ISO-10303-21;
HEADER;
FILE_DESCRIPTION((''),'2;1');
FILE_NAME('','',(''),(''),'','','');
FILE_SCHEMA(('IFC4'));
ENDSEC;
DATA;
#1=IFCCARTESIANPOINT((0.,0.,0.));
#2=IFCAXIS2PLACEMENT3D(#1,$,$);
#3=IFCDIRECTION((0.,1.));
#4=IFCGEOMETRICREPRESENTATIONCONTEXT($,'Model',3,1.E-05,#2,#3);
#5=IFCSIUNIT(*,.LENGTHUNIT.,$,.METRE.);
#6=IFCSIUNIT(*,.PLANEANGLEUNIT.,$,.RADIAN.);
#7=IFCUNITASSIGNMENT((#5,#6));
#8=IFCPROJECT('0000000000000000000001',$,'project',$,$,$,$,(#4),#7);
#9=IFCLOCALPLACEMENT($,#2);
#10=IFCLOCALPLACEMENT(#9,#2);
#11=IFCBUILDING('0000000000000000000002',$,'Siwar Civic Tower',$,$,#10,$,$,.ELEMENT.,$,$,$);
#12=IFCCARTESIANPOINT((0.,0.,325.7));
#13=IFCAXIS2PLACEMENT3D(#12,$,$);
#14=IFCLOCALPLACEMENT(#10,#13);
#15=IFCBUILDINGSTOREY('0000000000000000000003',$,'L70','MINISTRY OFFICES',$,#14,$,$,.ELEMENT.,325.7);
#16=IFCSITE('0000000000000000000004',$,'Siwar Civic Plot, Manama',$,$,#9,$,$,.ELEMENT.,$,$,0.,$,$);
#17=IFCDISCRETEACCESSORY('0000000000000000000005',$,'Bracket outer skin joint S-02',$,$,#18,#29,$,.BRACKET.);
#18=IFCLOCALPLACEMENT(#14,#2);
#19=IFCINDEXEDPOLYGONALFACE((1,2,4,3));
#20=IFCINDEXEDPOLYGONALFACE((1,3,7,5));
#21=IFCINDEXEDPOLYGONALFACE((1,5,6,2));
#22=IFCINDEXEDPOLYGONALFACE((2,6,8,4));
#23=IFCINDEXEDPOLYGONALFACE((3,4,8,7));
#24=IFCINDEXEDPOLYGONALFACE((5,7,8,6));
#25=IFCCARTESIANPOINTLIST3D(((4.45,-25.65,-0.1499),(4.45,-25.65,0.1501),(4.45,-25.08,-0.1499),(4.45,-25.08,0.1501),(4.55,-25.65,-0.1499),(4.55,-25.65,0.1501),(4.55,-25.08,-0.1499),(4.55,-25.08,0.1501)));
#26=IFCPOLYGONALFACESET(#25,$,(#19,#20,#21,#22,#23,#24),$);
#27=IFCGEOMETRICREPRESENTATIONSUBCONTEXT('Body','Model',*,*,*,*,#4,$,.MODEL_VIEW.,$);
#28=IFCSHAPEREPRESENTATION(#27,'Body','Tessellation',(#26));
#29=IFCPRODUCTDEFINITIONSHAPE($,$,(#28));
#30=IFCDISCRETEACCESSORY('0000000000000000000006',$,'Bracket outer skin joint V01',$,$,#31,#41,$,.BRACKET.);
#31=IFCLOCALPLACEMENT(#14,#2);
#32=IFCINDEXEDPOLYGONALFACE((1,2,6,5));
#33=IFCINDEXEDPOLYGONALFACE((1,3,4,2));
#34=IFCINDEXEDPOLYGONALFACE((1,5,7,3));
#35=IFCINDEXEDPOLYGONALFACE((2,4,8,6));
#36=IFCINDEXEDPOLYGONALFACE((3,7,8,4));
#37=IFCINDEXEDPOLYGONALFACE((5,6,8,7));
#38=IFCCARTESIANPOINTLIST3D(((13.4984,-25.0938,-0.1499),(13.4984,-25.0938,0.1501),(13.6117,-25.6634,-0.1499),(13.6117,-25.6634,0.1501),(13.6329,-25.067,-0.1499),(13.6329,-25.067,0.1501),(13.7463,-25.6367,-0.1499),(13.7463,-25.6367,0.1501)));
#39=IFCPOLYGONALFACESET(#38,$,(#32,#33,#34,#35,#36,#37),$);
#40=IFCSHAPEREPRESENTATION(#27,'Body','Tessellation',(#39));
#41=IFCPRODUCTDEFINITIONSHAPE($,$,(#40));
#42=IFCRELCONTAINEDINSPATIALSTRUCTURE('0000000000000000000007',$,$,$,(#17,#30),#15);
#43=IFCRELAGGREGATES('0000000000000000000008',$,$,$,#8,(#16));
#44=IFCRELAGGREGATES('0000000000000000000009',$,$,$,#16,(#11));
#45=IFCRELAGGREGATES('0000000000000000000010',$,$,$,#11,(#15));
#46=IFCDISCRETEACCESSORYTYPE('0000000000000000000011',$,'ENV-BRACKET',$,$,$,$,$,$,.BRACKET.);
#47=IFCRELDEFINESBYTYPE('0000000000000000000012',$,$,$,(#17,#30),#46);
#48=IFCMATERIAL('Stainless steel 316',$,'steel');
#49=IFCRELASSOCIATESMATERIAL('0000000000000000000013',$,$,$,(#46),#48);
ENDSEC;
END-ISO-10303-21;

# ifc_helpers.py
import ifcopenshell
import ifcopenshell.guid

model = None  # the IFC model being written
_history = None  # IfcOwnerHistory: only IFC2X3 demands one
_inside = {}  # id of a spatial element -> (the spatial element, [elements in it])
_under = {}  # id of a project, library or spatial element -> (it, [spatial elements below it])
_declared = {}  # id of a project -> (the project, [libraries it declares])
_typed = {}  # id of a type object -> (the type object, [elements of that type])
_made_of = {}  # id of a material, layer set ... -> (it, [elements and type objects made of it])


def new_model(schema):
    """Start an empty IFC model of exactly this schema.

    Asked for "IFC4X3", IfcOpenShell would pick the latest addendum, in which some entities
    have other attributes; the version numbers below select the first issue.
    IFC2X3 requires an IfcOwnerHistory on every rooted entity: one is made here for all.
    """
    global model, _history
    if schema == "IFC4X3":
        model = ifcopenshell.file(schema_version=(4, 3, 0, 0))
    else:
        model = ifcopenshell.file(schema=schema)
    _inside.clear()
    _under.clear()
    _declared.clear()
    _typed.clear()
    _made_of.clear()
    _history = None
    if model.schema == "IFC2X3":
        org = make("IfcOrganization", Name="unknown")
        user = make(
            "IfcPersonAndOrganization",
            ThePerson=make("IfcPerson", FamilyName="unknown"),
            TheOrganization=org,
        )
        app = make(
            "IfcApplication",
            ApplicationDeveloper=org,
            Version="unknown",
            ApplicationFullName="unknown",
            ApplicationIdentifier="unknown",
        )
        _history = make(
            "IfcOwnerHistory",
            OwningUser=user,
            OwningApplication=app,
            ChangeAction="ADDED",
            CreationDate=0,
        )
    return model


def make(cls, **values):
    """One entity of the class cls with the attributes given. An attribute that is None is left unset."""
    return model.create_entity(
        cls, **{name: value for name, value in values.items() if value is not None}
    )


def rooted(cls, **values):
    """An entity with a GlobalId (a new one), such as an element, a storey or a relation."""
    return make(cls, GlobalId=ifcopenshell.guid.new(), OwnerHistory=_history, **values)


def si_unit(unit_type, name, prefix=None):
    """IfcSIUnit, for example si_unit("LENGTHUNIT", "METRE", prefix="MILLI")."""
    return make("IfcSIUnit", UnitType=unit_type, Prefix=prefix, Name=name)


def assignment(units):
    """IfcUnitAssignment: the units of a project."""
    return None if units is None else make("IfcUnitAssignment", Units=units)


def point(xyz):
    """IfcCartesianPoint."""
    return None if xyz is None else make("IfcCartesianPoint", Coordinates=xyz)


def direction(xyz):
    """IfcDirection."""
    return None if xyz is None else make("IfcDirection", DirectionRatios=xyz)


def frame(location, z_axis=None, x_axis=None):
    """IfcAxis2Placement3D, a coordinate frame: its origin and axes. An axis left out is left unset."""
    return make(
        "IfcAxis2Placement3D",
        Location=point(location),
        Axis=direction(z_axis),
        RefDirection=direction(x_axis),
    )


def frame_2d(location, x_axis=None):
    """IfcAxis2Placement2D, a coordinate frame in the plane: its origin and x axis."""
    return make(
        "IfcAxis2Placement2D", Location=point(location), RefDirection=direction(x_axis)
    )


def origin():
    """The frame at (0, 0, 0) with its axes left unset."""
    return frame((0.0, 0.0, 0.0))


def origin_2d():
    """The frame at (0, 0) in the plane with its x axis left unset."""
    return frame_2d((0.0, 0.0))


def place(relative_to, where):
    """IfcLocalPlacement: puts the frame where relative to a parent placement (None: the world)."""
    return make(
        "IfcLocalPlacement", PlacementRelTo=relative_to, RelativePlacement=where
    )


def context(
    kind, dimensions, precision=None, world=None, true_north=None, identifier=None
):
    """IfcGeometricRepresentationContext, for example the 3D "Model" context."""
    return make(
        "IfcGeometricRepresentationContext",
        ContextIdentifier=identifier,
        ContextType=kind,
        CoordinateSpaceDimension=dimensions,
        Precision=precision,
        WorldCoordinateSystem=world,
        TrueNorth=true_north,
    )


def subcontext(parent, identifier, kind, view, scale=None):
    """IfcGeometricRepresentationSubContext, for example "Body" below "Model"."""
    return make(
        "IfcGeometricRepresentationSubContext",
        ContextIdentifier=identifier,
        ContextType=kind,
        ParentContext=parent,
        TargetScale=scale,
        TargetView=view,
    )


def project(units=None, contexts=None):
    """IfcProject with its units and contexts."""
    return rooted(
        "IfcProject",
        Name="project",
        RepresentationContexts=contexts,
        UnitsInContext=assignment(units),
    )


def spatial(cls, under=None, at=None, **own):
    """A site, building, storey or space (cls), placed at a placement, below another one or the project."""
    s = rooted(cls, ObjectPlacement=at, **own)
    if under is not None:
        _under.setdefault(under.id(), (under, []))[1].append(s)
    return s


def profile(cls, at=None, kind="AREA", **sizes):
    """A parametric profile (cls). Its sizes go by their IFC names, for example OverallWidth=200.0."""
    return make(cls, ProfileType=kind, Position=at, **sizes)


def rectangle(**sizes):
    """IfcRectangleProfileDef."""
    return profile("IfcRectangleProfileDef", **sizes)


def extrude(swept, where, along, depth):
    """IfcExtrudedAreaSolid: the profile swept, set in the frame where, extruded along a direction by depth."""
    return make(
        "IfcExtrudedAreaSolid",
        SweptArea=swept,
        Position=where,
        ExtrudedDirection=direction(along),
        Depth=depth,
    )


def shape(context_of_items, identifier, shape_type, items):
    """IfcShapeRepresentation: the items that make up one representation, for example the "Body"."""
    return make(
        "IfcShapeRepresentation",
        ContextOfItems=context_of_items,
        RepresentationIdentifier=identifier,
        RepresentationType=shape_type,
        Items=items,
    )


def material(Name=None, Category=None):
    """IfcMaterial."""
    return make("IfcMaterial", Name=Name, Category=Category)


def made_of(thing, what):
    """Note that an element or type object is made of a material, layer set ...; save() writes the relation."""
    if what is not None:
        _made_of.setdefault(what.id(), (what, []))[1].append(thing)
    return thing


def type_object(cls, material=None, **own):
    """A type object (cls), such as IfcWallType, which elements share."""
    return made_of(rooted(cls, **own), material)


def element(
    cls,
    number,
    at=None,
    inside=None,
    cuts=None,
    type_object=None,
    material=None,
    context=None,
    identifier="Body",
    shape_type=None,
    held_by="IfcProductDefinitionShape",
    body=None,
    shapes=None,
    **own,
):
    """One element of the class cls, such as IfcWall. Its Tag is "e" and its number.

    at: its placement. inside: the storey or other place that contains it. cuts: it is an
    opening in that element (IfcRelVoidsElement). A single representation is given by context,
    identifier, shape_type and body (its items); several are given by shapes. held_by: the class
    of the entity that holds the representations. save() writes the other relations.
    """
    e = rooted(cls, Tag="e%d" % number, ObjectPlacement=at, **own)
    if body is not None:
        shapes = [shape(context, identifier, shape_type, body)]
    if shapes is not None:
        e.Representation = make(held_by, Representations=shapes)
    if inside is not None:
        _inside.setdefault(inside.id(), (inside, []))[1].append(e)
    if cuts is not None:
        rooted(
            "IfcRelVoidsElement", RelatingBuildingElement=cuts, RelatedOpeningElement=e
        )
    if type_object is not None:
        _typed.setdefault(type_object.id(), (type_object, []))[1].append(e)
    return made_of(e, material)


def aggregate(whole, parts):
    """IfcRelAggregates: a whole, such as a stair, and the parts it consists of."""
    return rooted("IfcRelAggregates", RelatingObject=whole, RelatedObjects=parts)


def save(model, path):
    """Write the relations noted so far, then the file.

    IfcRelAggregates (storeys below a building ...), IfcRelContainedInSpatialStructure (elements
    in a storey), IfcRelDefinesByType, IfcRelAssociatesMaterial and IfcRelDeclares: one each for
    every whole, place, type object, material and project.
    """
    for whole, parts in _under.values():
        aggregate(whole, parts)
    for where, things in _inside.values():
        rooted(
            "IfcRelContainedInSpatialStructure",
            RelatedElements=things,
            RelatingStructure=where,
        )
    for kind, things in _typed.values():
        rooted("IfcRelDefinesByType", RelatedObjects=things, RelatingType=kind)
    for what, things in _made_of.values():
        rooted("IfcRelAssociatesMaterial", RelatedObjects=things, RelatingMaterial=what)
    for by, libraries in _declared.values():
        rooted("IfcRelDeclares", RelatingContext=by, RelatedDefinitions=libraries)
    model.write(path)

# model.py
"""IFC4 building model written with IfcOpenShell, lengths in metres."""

from ifc_helpers import new_model, si_unit, direction, frame, origin, origin_2d, place, context, subcontext, project, spatial, rectangle, extrude, material, type_object, element, save


model = new_model("IFC4")

# Units and contexts
model_context = context("Model", 3, precision=1e-05, world=origin(), true_north=direction((0.0, 1.0)))
body_context = subcontext(model_context, "Body", "Model", "MODEL_VIEW")
ifc_project = project(units=[si_unit("LENGTHUNIT", "METRE"), si_unit("PLANEANGLEUNIT", "RADIAN")], contexts=[model_context])

# Site, building, storey
site_placement = place(None, origin())
site = spatial("IfcSite", under=ifc_project, at=site_placement, Name="Siwar Civic Plot, Manama", CompositionType="ELEMENT", RefElevation=0.0)
building_placement = place(site_placement, origin())
building = spatial("IfcBuilding", under=site, at=building_placement, Name="Siwar Civic Tower", CompositionType="ELEMENT")
storey_placement = place(building_placement, frame((0.0, 0.0, 325.7)))
storey = spatial("IfcBuildingStorey", under=building, at=storey_placement, Name="L70", Description="MINISTRY OFFICES", CompositionType="ELEMENT", Elevation=325.7)

# Discrete accessories
ifc_material_1 = material(Name="Stainless steel 316", Category="steel")
discrete_accessory_type = type_object("IfcDiscreteAccessoryType", Name="ENV-BRACKET", PredefinedType="BRACKET", material=ifc_material_1)
discrete_accessory_1_placement = place(storey_placement, frame((4.5, -25.365, -0.1499), z_axis=(0.0, 0.0, 1.0), x_axis=(0.0, -1.0, 0.0)))
element("IfcDiscreteAccessory", 1, at=discrete_accessory_1_placement, inside=storey, type_object=discrete_accessory_type, Name="Bracket outer skin joint S-02", PredefinedType="BRACKET", context=body_context, shape_type="SweptSolid", body=[
    extrude(rectangle(XDim=0.5701, YDim=0.1001, at=origin_2d()), origin(), (0.0, 0.0, 1.0), 0.3),
])
discrete_accessory_2_placement = place(storey_placement, frame((13.6223, -25.3652, -0.1499), z_axis=(0.0, 0.0, 1.0), x_axis=(0.19509, -0.980785, 0.0)))
element("IfcDiscreteAccessory", 2, at=discrete_accessory_2_placement, inside=storey, type_object=discrete_accessory_type, Name="Bracket outer skin joint V01", PredefinedType="BRACKET", context=body_context, shape_type="SweptSolid", body=[
    extrude(rectangle(XDim=0.5808, YDim=0.1372, at=origin_2d()), origin(), (0.0, 0.0, 1.0), 0.3),
])

save(model, "model.ifc")
